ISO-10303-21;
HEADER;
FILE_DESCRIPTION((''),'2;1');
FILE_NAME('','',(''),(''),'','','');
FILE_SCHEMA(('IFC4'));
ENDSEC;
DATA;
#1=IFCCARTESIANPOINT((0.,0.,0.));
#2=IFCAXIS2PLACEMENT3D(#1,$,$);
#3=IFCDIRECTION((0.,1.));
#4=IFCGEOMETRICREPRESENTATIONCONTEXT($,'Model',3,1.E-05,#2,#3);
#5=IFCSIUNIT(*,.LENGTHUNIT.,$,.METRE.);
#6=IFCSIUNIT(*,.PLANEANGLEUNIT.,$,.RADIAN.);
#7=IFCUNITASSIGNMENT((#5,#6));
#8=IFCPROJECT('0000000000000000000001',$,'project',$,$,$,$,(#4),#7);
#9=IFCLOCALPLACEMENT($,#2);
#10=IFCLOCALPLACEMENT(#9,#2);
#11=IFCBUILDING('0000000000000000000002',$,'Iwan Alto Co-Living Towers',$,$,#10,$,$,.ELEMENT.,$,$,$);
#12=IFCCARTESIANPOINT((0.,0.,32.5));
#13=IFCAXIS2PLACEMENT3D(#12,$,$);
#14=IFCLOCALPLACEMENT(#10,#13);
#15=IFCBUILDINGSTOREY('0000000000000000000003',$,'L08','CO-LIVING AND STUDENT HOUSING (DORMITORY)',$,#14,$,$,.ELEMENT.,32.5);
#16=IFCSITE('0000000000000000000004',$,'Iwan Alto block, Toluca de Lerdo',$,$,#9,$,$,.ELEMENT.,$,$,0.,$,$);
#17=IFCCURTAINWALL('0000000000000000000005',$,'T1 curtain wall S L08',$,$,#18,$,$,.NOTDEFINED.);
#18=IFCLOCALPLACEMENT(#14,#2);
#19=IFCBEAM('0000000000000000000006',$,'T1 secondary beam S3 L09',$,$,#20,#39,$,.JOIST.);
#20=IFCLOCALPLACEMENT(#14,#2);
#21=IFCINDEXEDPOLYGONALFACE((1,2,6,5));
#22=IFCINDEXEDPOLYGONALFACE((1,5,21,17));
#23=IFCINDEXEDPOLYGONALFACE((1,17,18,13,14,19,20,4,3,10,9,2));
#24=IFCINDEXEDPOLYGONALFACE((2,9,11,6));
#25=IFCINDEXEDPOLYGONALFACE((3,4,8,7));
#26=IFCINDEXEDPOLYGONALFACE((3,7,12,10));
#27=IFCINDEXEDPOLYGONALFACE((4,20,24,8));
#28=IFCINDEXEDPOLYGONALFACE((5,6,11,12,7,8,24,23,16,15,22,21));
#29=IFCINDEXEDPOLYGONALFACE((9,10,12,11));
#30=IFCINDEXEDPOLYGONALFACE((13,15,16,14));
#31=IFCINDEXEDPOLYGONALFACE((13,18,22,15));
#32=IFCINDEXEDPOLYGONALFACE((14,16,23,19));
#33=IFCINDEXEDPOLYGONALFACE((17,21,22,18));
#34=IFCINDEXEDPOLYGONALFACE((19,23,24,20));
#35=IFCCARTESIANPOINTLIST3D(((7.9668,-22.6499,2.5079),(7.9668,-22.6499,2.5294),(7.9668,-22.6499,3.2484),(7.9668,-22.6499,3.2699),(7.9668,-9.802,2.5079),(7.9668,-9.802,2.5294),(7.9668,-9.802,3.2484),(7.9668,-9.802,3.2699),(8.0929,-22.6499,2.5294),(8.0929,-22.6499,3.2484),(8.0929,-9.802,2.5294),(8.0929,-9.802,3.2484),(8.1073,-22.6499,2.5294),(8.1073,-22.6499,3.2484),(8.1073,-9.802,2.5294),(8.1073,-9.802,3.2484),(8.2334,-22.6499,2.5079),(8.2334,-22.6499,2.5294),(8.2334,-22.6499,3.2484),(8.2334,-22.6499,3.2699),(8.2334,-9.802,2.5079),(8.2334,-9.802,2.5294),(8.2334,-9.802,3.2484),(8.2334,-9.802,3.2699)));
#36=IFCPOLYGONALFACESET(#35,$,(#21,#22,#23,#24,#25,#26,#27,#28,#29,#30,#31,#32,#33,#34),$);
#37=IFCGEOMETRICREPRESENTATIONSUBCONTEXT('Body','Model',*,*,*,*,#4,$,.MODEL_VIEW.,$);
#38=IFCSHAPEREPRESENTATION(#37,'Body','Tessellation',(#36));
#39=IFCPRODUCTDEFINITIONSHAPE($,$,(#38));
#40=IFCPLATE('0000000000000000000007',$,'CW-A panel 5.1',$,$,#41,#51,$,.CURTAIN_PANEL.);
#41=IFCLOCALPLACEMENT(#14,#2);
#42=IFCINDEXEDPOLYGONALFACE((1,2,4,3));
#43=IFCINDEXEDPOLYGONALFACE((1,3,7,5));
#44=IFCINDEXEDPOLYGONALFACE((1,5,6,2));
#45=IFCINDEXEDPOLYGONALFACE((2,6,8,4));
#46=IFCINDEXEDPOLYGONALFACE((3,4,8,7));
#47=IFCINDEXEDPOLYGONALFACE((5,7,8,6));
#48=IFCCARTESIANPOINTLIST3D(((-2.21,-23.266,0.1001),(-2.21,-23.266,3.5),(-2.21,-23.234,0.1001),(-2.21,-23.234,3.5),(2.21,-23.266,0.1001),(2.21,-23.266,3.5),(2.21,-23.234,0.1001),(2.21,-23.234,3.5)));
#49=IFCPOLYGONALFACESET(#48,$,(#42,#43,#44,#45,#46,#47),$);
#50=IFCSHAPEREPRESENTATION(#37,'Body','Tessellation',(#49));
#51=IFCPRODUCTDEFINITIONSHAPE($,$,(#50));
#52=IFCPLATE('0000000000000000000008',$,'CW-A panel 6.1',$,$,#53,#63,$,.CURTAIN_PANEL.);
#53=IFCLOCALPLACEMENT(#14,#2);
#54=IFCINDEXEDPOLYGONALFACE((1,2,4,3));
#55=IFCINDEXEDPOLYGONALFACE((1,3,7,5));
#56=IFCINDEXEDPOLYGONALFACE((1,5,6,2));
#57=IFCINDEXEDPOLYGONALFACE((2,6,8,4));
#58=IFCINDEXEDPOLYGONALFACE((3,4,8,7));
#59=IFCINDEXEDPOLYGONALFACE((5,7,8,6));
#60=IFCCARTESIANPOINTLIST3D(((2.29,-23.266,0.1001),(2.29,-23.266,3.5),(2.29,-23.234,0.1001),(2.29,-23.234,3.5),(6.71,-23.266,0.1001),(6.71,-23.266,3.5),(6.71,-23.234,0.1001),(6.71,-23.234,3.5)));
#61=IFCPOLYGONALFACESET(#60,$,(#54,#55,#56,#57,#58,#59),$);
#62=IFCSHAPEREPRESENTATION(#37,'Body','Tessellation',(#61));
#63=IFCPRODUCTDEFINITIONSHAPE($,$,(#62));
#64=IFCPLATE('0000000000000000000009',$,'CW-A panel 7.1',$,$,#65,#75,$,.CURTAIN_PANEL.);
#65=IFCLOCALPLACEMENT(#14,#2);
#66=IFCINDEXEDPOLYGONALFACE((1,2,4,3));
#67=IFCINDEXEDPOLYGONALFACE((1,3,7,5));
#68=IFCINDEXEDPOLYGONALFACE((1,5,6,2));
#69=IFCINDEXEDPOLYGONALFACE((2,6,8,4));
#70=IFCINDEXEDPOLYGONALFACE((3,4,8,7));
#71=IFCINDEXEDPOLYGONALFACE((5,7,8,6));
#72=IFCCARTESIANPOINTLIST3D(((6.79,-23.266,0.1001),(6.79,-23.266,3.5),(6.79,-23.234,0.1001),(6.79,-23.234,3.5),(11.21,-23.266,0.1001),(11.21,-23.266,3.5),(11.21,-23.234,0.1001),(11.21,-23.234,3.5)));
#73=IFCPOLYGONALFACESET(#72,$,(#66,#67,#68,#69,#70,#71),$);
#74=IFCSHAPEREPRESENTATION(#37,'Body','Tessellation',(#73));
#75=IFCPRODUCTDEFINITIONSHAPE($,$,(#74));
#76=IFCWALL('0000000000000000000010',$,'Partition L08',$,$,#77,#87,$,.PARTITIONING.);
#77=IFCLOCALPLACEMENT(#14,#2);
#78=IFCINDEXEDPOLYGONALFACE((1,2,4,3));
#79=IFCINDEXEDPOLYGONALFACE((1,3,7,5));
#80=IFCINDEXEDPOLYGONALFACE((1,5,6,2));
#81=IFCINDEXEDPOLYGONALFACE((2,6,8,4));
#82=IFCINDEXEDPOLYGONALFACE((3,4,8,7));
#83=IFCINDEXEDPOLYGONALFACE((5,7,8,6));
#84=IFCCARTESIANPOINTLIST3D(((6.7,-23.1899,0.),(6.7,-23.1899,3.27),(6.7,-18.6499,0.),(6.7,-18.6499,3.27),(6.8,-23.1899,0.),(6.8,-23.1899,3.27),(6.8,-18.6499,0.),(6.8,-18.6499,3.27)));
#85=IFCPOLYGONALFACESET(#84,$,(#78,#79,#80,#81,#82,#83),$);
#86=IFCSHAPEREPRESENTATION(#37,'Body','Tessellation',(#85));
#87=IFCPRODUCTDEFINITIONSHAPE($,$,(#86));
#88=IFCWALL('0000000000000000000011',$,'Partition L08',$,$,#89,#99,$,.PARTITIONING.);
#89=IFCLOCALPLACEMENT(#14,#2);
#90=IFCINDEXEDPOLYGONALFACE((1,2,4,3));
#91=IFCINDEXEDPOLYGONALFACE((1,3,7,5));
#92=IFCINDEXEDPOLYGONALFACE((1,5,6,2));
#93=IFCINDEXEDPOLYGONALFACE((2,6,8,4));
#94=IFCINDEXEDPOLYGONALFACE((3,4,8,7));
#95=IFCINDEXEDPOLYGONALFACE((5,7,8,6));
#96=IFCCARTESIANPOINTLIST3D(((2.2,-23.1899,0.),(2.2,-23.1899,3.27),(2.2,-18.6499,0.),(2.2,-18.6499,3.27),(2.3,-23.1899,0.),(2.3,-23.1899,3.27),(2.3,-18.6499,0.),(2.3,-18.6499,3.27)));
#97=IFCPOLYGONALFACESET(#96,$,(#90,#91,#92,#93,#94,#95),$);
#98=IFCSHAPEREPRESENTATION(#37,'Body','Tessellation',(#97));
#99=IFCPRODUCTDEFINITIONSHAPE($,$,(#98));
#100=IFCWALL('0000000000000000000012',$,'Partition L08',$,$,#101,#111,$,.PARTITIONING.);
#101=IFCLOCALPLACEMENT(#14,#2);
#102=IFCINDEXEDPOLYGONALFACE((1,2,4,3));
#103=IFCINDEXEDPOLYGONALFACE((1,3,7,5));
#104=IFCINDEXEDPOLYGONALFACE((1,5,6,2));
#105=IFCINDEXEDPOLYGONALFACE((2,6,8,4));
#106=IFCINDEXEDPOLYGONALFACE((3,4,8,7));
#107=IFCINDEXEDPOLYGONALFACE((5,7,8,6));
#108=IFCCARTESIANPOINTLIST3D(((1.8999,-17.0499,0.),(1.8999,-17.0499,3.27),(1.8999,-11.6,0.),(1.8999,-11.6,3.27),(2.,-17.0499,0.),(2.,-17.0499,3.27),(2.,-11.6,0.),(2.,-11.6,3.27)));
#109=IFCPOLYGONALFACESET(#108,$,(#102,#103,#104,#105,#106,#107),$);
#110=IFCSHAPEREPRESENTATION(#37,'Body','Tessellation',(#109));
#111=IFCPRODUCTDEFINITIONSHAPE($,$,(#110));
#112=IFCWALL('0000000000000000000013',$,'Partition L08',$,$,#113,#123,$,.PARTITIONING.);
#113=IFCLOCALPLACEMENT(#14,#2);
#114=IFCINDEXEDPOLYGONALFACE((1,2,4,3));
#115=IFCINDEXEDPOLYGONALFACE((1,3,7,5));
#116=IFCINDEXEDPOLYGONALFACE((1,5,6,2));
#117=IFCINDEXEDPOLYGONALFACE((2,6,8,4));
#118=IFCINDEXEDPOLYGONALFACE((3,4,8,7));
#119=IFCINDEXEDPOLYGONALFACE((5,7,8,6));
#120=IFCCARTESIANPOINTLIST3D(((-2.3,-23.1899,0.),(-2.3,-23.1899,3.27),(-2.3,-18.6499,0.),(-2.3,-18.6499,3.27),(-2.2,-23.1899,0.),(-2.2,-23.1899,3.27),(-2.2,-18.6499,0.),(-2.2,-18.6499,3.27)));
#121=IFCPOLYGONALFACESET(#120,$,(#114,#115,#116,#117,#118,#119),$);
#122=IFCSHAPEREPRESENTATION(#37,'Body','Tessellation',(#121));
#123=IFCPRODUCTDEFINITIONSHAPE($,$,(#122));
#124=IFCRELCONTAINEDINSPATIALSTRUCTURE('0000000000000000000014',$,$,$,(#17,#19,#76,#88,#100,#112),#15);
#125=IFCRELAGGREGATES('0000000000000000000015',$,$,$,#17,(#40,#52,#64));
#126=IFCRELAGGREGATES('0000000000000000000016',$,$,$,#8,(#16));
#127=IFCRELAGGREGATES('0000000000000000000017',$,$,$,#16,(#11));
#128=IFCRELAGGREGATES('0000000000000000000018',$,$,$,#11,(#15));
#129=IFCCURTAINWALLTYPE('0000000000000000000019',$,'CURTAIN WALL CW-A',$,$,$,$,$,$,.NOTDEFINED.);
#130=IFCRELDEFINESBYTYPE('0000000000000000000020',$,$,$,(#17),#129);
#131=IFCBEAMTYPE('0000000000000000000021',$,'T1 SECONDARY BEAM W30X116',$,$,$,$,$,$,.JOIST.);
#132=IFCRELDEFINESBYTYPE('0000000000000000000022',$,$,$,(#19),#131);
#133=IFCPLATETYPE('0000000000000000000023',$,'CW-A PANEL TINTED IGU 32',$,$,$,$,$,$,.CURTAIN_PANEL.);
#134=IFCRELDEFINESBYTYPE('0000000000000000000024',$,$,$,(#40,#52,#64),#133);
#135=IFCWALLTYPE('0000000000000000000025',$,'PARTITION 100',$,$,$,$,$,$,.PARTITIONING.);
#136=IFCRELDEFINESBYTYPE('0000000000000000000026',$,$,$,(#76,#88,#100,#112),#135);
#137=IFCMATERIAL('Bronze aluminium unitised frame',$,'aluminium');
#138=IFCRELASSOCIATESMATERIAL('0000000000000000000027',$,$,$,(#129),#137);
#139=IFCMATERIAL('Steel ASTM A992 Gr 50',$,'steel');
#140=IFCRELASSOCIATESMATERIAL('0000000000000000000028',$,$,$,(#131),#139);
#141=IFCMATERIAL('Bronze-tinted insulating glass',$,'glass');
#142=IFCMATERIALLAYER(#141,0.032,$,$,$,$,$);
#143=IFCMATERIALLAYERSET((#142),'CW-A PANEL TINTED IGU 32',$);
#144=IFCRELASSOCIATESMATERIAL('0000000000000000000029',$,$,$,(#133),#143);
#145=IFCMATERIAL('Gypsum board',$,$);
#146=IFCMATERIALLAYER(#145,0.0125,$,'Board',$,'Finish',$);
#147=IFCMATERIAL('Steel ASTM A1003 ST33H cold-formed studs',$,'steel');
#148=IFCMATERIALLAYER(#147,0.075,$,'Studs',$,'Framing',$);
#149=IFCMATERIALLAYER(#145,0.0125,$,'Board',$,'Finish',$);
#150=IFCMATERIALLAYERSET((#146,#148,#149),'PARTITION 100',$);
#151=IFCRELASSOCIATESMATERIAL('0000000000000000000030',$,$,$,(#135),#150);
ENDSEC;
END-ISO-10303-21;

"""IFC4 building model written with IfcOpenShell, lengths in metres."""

from ifc_helpers import new_model, si_unit, direction, frame, frame_2d, origin, origin_2d, place, context, subcontext, project, spatial, rectangle, i_section, extrude, material, layer, layer_set, material_profile, profile_set, type_object, element, aggregate, save


model = new_model("IFC4")

# Units and contexts
model_context = context("Model", 3, precision=1e-05, world=origin(), true_north=direction((0.0, 1.0)))
body_context = subcontext(model_context, "Body", "Model", "MODEL_VIEW")
ifc_project = project(units=[si_unit("LENGTHUNIT", "METRE"), si_unit("PLANEANGLEUNIT", "RADIAN")], contexts=[model_context])

# Site, building, storey
site_placement = place(None, origin())
site = spatial("IfcSite", under=ifc_project, at=site_placement, Name="Iwan Alto block, Toluca de Lerdo", CompositionType="ELEMENT", RefElevation=0.0)
building_placement = place(site_placement, origin())
building = spatial("IfcBuilding", under=site, at=building_placement, Name="Iwan Alto Co-Living Towers", CompositionType="ELEMENT")
storey_placement = place(building_placement, frame((0.0, 0.0, 32.5)))
storey = spatial("IfcBuildingStorey", under=building, at=storey_placement, Name="L08", Description="CO-LIVING AND STUDENT HOUSING (DORMITORY)", CompositionType="ELEMENT", Elevation=32.5)

# Curtain wall
ifc_material_1 = material(Name="Bronze aluminium unitised frame", Category="aluminium")
curtain_wall_type = type_object("IfcCurtainWallType", Name="CURTAIN WALL CW-A", PredefinedType="NOTDEFINED", material=ifc_material_1)
curtain_wall_placement = place(storey_placement, origin())
curtain_wall = element("IfcCurtainWall", 1, at=curtain_wall_placement, inside=storey, type_object=curtain_wall_type, Name="T1 curtain wall S L08", PredefinedType="NOTDEFINED")

# Beam
ifc_material_2 = material(Name="Steel ASTM A992 Gr 50", Category="steel")
ifc_material_profile_1 = material_profile(ifc_material_2, i_section(OverallWidth=0.2666, OverallDepth=0.762, WebThickness=0.0144, FlangeThickness=0.0215, at=origin_2d()), Name="W30X116")
ifc_profile_set_1 = profile_set([ifc_material_profile_1], Name="Steel ASTM A992 Gr 50")
beam_type_1 = type_object("IfcBeamType", Name="T1 SECONDARY BEAM W30X116", PredefinedType="JOIST", material=ifc_profile_set_1)
for number, where, z_axis, x_axis, name in (
    (2, (8.1001, -22.6499, 2.8889), (0.0, 1.0, 0.0), (-1.0, 0.0, 0.0), "T1 secondary beam S3 L09"),
):
    element("IfcBeam", number, at=place(storey_placement, frame(where, z_axis=z_axis, x_axis=x_axis)), inside=storey, type_object=beam_type_1, Name=name, PredefinedType="JOIST", context=body_context, shape_type="SweptSolid", body=[
        extrude(i_section(OverallWidth=0.2666, OverallDepth=0.762, WebThickness=0.0144, FlangeThickness=0.0215, at=origin_2d()), origin(), (0.0, 0.0, 1.0), 12.8479),
    ])

# Plates
ifc_material_3 = material(Name="Bronze-tinted insulating glass", Category="glass")
ifc_layer_1 = layer(ifc_material_3, 0.032)
ifc_layer_set_1 = layer_set([ifc_layer_1], Name="CW-A PANEL TINTED IGU 32")
plate_type = type_object("IfcPlateType", Name="CW-A PANEL TINTED IGU 32", PredefinedType="CURTAIN_PANEL", material=ifc_layer_set_1)
plate_1_placement = place(storey_placement, frame((0.0, -23.25, 0.1001), z_axis=(0.0, 0.0, 1.0), x_axis=(1.0, 0.0, 0.0)))
plate_1 = element("IfcPlate", 3, at=plate_1_placement, type_object=plate_type, Name="CW-A panel 5.1", PredefinedType="CURTAIN_PANEL", context=body_context, shape_type="SweptSolid", body=[
    extrude(rectangle(XDim=4.4199, YDim=0.032, at=origin_2d()), origin(), (0.0, 0.0, 1.0), 3.3999),
])
plate_2_placement = place(storey_placement, frame((4.5, -23.25, 0.1001), z_axis=(0.0, 0.0, 1.0), x_axis=(1.0, 0.0, 0.0)))
plate_2 = element("IfcPlate", 4, at=plate_2_placement, type_object=plate_type, Name="CW-A panel 6.1", PredefinedType="CURTAIN_PANEL", context=body_context, shape_type="SweptSolid", body=[
    extrude(rectangle(XDim=4.4199, YDim=0.032, at=origin_2d()), origin(), (0.0, 0.0, 1.0), 3.3999),
])
plate_3_placement = place(storey_placement, frame((9.0, -23.25, 0.1001), z_axis=(0.0, 0.0, 1.0), x_axis=(1.0, 0.0, 0.0)))
plate_3 = element("IfcPlate", 5, at=plate_3_placement, type_object=plate_type, Name="CW-A panel 7.1", PredefinedType="CURTAIN_PANEL", context=body_context, shape_type="SweptSolid", body=[
    extrude(rectangle(XDim=4.4199, YDim=0.032, at=origin_2d()), origin(), (0.0, 0.0, 1.0), 3.3999),
])
aggregate(curtain_wall, [plate_1, plate_2, plate_3])

# Walls
ifc_material_4 = material(Name="Gypsum board")
ifc_layer_2 = layer(ifc_material_4, 0.0125, Name="Board", Category="Finish")
ifc_material_5 = material(Name="Steel ASTM A1003 ST33H cold-formed studs", Category="steel")
ifc_layer_3 = layer(ifc_material_5, 0.075, Name="Studs", Category="Framing")
ifc_layer_4 = layer(ifc_material_4, 0.0125, Name="Board", Category="Finish")
ifc_layer_set_2 = layer_set([ifc_layer_2, ifc_layer_3, ifc_layer_4], Name="PARTITION 100")
wall_type_1 = type_object("IfcWallType", Name="PARTITION 100", PredefinedType="PARTITIONING", material=ifc_layer_set_2)
for number, where, z_axis, x_axis, name in (
    (6, (6.75, -23.1899, 0.0), (0.0, 0.0, 1.0), (0.0, 1.0, 0.0), "Partition L08"),
    (7, (2.25, -23.1899, 0.0), (0.0, 0.0, 1.0), (0.0, 1.0, 0.0), "Partition L08"),
):
    element("IfcWall", number, at=place(storey_placement, frame(where, z_axis=z_axis, x_axis=x_axis)), inside=storey, type_object=wall_type_1, Name=name, PredefinedType="PARTITIONING", context=body_context, shape_type="SweptSolid", body=[
        extrude(rectangle(XDim=4.54, YDim=0.1001, at=frame_2d((2.27, 0.0))), origin(), (0.0, 0.0, 1.0), 3.27),
    ])
wall_1_placement = place(storey_placement, frame((1.95, -17.05, 0.0), z_axis=(0.0, 0.0, 1.0), x_axis=(0.0, 1.0, 0.0)))
element("IfcWall", 8, at=wall_1_placement, inside=storey, type_object=wall_type_1, Name="Partition L08", PredefinedType="PARTITIONING", context=body_context, shape_type="SweptSolid", body=[
    extrude(rectangle(XDim=5.45, YDim=0.1001, at=frame_2d((2.7251, 0.0))), origin(), (0.0, 0.0, 1.0), 3.27),
])
wall_2_placement = place(storey_placement, frame((-2.25, -23.1899, 0.0), z_axis=(0.0, 0.0, 1.0), x_axis=(0.0, 1.0, 0.0)))
element("IfcWall", 9, at=wall_2_placement, inside=storey, type_object=wall_type_1, Name="Partition L08", PredefinedType="PARTITIONING", context=body_context, shape_type="SweptSolid", body=[
    extrude(rectangle(XDim=4.54, YDim=0.1001, at=frame_2d((2.27, 0.0))), origin(), (0.0, 0.0, 1.0), 3.27),
])

save(model, "model.ifc")
